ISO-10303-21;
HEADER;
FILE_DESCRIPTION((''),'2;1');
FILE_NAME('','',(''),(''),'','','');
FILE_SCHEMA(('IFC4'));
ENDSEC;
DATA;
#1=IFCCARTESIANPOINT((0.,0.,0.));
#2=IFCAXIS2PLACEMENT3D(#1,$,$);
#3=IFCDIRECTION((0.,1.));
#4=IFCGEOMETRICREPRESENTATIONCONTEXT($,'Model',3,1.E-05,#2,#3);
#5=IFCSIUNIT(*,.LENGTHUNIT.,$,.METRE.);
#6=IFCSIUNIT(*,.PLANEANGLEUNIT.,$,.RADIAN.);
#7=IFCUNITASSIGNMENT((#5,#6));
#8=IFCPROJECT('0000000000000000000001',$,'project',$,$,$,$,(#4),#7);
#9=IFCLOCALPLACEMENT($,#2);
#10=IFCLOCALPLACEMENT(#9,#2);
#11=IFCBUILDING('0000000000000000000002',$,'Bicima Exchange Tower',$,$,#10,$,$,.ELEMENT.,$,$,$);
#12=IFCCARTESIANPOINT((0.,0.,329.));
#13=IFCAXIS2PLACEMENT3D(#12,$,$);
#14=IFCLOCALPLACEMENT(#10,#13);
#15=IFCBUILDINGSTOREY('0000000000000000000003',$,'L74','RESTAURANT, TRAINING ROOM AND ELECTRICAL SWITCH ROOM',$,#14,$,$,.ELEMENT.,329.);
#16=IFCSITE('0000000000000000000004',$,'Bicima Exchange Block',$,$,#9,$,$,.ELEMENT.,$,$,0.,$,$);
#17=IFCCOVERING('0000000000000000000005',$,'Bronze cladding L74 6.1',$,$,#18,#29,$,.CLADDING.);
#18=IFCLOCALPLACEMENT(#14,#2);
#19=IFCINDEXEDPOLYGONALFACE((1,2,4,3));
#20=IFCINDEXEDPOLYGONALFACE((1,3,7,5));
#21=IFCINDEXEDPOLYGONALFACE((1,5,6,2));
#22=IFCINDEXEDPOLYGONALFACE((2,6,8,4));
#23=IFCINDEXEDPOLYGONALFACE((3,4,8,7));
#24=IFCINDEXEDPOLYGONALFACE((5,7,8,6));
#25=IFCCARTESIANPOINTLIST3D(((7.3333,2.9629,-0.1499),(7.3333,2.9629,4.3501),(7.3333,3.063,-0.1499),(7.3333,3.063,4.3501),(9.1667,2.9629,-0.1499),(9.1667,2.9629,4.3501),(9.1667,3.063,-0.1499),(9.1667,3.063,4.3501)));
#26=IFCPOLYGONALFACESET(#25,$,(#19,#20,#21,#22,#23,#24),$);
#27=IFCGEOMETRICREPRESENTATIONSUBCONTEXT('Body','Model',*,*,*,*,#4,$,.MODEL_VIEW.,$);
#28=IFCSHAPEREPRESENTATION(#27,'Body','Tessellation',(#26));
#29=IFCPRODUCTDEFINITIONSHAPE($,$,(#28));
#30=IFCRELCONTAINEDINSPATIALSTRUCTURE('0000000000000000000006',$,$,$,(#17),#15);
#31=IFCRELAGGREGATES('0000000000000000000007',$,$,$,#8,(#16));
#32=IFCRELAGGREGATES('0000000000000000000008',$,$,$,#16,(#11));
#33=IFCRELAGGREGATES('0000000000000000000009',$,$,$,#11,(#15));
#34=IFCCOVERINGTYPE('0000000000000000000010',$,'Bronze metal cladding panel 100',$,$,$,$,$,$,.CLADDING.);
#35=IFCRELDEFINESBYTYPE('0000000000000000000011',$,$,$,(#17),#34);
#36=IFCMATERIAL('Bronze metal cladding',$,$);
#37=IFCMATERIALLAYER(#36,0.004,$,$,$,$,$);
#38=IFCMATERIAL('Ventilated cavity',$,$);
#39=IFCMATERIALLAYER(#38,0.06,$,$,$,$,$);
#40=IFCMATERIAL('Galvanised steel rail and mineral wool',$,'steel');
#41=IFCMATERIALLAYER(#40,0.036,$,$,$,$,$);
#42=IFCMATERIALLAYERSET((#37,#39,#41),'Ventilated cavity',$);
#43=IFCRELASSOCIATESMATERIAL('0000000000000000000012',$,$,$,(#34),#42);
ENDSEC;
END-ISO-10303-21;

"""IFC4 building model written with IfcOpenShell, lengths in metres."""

from ifc_helpers import new_model, si_unit, direction, frame, origin, origin_2d, place, context, subcontext, project, spatial, rectangle, extrude, material, layer, layer_set, type_object, element, save


model = new_model("IFC4")

# Units and contexts
model_context = context("Model", 3, precision=1e-05, world=origin(), true_north=direction((0.0, 1.0)))
body_context = subcontext(model_context, "Body", "Model", "MODEL_VIEW")
ifc_project = project(units=[si_unit("LENGTHUNIT", "METRE"), si_unit("PLANEANGLEUNIT", "RADIAN")], contexts=[model_context])

# Site, building, storey
site_placement = place(None, origin())
site = spatial("IfcSite", under=ifc_project, at=site_placement, Name="Bicima Exchange Block", CompositionType="ELEMENT", RefElevation=0.0)
building_placement = place(site_placement, origin())
building = spatial("IfcBuilding", under=site, at=building_placement, Name="Bicima Exchange Tower", CompositionType="ELEMENT")
storey_placement = place(building_placement, frame((0.0, 0.0, 329.0)))
storey = spatial("IfcBuildingStorey", under=building, at=storey_placement, Name="L74", Description="RESTAURANT, TRAINING ROOM AND ELECTRICAL SWITCH ROOM", CompositionType="ELEMENT", Elevation=329.0)

# Covering
ifc_material_1 = material(Name="Bronze metal cladding")
ifc_layer_1 = layer(ifc_material_1, 0.004)
ifc_material_2 = material(Name="Ventilated cavity")
ifc_layer_2 = layer(ifc_material_2, 0.06)
ifc_material_3 = material(Name="Galvanised steel rail and mineral wool", Category="steel")
ifc_layer_3 = layer(ifc_material_3, 0.036)
ifc_layer_set_1 = layer_set([ifc_layer_1, ifc_layer_2, ifc_layer_3], Name="Ventilated cavity")
covering_type = type_object("IfcCoveringType", Name="Bronze metal cladding panel 100", PredefinedType="CLADDING", material=ifc_layer_set_1)
covering_1_placement = place(storey_placement, frame((8.25, 3.0129, -0.1499), z_axis=(0.0, 0.0, 1.0), x_axis=(-1.0, 0.0, 0.0)))
element("IfcCovering", 1, at=covering_1_placement, inside=storey, type_object=covering_type, Name="Bronze cladding L74 6.1", PredefinedType="CLADDING", context=body_context, shape_type="SweptSolid", body=[
    extrude(rectangle(XDim=1.8335, YDim=0.1001, at=origin_2d()), origin(), (0.0, 0.0, 1.0), 4.5),
])

save(model, "model.ifc")
